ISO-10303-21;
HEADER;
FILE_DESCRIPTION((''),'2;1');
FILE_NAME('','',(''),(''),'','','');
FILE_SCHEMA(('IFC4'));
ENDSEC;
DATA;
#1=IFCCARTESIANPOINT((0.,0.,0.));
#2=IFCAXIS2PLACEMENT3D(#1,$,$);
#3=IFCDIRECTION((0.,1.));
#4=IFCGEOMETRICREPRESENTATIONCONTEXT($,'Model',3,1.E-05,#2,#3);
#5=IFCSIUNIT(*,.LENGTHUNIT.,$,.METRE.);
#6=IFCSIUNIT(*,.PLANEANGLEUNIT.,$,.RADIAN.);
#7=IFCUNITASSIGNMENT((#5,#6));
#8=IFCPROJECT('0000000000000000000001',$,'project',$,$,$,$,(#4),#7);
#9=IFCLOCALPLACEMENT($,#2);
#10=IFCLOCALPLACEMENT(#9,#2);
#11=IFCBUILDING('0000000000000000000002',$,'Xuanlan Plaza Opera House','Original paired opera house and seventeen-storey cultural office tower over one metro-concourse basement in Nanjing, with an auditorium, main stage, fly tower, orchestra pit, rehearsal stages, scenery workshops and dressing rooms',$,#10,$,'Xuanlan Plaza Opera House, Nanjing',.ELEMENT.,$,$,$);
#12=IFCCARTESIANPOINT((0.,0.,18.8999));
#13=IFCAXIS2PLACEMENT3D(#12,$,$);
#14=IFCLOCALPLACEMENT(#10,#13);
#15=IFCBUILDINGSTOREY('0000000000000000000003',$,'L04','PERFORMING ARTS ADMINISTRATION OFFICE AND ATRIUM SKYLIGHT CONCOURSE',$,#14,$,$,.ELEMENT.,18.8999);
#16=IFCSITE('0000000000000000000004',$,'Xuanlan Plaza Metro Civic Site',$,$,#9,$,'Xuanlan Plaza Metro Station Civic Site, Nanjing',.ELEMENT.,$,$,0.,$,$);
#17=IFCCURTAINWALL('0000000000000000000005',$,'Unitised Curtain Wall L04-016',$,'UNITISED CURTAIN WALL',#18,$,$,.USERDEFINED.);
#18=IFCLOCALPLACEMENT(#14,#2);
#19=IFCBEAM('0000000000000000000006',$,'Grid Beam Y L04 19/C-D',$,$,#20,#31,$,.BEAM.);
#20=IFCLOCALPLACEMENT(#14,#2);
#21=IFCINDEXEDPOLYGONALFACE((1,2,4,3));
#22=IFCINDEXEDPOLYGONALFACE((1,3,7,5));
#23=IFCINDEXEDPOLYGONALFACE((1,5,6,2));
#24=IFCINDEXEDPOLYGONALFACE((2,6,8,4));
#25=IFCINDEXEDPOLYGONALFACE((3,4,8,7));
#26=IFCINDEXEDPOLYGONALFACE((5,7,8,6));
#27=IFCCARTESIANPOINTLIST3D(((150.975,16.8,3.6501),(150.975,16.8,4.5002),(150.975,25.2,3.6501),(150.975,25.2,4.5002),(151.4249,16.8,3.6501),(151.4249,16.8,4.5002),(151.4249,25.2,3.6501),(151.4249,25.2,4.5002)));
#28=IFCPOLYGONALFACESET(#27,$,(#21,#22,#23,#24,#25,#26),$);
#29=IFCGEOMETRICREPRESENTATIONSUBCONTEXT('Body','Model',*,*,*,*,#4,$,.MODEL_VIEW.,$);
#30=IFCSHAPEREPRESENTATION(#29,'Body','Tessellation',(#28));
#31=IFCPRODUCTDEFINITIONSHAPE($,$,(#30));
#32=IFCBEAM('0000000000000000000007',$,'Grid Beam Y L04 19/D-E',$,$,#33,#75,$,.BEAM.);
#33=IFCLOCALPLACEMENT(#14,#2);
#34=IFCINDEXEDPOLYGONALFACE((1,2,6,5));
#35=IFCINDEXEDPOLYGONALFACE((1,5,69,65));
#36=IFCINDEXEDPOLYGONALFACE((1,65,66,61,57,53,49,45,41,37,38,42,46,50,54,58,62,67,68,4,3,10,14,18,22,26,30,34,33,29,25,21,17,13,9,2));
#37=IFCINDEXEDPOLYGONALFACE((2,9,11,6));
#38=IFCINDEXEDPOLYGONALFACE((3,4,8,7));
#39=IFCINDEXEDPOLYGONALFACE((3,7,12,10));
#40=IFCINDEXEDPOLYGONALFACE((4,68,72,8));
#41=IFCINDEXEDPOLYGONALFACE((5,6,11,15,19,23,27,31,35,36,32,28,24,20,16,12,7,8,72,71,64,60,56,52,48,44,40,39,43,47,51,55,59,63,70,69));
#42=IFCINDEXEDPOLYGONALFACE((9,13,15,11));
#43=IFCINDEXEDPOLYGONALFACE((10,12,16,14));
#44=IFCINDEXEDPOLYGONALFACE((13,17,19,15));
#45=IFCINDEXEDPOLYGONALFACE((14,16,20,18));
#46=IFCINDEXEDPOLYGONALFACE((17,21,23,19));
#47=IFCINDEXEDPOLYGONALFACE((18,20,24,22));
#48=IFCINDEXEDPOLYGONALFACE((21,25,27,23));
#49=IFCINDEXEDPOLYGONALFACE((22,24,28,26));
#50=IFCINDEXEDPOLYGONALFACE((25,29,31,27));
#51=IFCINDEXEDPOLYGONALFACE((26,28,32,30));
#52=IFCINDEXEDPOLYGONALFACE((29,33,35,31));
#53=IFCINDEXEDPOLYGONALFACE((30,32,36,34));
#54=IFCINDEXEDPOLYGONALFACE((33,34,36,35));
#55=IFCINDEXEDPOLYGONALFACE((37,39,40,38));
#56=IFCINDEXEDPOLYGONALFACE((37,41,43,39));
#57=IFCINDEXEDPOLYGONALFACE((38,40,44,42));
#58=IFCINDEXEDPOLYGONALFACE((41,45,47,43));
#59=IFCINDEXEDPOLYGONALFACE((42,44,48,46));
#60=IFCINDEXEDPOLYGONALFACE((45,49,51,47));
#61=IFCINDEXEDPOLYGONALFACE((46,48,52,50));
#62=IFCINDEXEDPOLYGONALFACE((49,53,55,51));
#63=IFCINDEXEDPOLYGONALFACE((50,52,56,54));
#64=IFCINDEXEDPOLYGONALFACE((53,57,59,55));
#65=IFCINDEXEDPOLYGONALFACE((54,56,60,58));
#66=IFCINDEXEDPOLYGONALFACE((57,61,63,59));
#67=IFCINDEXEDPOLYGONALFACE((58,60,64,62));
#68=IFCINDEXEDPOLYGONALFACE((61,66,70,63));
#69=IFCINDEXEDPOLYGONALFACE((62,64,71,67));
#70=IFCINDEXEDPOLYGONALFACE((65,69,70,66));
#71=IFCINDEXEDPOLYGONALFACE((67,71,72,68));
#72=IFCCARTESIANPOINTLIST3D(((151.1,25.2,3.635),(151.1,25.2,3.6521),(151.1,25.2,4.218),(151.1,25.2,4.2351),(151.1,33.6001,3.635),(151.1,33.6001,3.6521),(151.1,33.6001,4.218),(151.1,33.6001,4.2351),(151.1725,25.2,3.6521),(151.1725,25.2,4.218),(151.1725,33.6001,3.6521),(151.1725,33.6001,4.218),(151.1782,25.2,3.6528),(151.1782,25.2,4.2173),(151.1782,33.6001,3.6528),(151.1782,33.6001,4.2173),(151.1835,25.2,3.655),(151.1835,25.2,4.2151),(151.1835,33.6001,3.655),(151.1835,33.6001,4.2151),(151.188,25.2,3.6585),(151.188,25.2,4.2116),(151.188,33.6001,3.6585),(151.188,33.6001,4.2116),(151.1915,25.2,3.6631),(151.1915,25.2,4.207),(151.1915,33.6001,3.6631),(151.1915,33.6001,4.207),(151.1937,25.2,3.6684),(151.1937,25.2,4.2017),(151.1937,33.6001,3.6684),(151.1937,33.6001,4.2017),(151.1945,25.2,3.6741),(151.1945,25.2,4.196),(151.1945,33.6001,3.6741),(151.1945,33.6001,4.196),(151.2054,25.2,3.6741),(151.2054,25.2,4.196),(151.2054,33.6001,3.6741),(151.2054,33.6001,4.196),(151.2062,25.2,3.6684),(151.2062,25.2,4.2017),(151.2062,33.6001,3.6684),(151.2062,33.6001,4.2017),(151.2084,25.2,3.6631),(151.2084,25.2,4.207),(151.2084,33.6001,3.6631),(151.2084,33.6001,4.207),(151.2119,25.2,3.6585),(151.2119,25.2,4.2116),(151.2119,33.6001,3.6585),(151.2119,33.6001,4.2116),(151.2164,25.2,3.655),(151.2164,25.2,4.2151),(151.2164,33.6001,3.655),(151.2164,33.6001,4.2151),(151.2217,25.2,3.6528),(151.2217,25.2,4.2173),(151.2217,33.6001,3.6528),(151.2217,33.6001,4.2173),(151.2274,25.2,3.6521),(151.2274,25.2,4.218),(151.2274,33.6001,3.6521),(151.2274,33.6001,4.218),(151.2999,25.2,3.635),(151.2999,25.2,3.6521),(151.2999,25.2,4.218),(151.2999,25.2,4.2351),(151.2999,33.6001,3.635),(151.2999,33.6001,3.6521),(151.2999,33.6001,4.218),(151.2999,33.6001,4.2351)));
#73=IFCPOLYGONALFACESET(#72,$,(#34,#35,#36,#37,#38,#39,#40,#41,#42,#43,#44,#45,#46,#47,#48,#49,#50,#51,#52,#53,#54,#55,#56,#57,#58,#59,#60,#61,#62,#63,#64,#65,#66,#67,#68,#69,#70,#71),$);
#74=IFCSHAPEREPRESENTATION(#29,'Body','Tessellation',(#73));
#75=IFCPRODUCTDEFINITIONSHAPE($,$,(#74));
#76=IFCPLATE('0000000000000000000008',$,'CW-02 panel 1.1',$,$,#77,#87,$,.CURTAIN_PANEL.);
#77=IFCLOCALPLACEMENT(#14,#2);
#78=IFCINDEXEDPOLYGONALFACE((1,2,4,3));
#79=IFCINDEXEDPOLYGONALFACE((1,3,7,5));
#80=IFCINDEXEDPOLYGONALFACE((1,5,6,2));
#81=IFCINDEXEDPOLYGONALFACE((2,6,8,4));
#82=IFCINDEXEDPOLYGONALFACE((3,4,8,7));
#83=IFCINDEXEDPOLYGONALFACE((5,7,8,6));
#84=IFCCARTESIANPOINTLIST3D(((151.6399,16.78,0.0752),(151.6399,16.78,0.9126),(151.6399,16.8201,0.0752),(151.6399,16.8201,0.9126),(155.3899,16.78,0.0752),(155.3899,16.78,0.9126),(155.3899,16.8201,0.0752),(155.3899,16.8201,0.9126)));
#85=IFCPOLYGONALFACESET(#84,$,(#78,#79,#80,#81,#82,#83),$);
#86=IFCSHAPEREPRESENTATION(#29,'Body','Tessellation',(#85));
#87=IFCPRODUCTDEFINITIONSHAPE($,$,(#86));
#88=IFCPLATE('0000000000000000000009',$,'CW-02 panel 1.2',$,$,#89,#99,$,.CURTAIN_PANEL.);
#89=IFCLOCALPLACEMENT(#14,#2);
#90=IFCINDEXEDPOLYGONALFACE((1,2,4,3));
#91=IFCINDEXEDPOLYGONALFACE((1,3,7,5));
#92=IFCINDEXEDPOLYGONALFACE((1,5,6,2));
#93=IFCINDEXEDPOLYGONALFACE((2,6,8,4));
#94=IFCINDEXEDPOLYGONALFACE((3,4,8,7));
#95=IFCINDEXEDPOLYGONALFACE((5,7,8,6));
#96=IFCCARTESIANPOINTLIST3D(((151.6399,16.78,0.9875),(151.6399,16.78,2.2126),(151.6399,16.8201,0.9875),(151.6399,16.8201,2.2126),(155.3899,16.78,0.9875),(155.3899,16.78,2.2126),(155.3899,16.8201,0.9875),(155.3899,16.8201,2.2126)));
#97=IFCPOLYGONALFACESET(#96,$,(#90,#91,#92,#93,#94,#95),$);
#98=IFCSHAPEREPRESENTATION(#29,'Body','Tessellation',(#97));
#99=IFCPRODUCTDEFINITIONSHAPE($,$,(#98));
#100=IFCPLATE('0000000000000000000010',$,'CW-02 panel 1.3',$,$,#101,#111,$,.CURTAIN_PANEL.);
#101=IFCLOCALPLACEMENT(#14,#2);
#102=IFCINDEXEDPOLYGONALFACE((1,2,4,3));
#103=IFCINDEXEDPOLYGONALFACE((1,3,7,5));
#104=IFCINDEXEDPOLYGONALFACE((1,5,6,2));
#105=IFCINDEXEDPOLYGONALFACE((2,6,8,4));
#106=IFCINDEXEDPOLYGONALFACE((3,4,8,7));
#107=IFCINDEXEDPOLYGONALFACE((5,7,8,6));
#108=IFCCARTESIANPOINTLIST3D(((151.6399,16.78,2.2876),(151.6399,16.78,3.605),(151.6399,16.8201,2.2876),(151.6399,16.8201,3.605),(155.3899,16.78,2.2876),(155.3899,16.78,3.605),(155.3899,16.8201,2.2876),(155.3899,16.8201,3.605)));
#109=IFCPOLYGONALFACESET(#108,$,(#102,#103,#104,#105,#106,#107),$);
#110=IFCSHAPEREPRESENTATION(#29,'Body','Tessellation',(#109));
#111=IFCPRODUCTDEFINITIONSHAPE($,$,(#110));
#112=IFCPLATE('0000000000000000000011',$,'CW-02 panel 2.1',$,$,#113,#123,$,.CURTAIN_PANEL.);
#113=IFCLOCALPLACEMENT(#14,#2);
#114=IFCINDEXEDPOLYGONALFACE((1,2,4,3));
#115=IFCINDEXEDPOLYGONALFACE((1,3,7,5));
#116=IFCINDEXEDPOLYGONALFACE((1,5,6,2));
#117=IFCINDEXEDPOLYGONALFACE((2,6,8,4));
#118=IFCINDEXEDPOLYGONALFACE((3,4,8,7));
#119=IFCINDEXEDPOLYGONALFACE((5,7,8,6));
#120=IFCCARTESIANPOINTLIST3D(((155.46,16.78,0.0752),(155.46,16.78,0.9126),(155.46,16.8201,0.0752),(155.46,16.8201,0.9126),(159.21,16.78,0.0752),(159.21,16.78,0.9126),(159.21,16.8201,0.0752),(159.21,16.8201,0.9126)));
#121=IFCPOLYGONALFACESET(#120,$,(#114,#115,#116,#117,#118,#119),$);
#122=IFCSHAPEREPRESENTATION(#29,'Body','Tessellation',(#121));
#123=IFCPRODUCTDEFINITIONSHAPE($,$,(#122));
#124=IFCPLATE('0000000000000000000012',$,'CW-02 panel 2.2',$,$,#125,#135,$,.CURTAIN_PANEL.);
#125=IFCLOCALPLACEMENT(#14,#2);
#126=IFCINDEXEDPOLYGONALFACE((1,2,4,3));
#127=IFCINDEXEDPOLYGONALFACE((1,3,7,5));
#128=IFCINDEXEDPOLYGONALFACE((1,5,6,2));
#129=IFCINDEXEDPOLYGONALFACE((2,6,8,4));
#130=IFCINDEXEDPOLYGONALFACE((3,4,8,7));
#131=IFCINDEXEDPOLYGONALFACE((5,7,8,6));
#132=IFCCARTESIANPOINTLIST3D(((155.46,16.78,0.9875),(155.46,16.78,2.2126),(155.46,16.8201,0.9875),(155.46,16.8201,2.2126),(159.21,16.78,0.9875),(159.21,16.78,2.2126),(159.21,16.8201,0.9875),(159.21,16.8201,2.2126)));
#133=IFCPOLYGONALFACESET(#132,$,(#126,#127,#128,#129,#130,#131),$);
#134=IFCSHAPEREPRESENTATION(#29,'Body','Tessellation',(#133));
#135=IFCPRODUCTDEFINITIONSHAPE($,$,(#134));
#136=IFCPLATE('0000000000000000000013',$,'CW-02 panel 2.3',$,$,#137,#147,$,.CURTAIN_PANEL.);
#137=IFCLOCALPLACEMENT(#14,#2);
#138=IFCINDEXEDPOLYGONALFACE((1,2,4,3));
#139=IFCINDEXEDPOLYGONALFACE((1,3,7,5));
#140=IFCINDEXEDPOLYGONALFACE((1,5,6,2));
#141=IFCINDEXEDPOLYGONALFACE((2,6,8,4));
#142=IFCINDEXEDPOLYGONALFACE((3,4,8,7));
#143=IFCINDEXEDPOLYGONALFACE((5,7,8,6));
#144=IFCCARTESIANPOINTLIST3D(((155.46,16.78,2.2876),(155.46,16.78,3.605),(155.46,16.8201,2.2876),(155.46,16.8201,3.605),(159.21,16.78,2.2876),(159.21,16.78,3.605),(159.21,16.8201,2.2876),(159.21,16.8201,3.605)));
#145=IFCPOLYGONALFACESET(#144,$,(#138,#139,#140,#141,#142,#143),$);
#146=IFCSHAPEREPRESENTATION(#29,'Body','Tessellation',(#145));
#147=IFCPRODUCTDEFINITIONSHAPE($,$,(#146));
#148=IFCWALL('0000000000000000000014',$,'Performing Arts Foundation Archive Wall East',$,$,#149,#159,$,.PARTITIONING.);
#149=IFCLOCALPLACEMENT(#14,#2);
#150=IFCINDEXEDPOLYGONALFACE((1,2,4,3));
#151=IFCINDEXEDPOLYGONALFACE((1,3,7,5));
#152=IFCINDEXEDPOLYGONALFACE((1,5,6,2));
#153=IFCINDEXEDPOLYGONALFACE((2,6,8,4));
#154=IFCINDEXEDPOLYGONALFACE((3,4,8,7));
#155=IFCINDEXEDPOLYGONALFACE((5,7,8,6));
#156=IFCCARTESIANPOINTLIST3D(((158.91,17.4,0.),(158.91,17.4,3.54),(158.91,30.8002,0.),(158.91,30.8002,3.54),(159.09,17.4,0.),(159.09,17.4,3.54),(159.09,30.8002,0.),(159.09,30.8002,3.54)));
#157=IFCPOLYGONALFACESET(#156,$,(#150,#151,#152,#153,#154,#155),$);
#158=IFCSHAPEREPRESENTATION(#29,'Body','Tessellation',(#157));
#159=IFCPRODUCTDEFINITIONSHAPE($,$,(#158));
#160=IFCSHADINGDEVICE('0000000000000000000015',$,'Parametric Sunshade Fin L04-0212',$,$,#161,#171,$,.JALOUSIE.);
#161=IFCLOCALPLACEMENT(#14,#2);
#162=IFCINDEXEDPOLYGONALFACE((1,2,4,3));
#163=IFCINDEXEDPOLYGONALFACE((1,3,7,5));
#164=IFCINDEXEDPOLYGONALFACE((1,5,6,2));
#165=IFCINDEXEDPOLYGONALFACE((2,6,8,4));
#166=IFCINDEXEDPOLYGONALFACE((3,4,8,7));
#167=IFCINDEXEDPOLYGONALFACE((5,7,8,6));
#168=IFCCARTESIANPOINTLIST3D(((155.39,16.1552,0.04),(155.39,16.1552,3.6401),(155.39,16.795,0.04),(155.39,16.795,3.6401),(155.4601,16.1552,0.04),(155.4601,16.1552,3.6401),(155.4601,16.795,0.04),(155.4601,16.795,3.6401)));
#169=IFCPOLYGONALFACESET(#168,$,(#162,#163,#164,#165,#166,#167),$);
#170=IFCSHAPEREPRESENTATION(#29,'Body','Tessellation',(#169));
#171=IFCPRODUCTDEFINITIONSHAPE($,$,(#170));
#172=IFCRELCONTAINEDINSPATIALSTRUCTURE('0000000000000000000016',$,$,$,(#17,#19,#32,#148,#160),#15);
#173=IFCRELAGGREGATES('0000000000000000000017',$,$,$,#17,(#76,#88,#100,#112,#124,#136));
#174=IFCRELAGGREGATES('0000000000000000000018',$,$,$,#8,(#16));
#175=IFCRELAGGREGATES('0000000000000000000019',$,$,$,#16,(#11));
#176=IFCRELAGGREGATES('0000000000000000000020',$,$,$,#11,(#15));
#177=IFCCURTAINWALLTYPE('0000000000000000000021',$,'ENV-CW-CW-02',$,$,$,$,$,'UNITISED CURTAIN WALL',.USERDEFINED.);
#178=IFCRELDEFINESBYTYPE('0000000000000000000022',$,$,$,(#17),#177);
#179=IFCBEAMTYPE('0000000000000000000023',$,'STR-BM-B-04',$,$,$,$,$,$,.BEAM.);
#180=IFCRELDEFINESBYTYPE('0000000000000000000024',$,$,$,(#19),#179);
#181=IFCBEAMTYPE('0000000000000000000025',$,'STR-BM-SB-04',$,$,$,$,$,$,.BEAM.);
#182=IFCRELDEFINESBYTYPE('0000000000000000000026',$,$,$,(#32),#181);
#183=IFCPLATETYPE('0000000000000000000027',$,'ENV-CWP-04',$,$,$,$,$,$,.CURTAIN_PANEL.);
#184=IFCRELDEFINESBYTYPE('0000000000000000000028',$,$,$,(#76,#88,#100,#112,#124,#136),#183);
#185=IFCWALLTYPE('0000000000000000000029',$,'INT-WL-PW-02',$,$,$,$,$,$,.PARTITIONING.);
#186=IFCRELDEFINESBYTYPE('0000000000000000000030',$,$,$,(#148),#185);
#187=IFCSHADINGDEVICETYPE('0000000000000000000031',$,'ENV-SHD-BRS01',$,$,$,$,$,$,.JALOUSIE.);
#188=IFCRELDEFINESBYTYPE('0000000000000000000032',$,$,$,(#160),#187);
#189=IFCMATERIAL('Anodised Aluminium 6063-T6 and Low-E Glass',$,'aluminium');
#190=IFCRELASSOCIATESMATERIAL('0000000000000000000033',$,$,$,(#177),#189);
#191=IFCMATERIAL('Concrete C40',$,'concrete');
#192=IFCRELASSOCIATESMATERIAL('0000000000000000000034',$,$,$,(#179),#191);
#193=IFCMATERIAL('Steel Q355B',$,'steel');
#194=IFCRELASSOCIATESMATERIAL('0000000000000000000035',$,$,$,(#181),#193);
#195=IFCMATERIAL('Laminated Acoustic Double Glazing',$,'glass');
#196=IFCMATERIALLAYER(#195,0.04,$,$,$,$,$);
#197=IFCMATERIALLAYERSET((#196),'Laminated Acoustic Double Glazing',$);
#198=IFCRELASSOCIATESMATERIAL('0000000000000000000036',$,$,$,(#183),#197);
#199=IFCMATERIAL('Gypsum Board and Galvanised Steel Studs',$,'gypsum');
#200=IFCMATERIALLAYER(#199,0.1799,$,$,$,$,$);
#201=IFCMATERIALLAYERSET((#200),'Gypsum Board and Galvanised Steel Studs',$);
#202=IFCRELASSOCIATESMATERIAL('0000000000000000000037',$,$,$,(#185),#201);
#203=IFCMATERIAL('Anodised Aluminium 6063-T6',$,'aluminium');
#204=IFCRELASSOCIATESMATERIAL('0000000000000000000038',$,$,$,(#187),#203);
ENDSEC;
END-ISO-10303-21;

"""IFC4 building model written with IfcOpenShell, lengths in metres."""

from ifc_helpers import new_model, si_unit, direction, frame, frame_2d, origin, origin_2d, place, context, subcontext, project, spatial, rectangle, i_section, extrude, material, layer, layer_set, material_profile, profile_set, type_object, element, aggregate, save


model = new_model("IFC4")

# Units and contexts
model_context = context("Model", 3, precision=1e-05, world=origin(), true_north=direction((0.0, 1.0)))
body_context = subcontext(model_context, "Body", "Model", "MODEL_VIEW")
ifc_project = project(units=[si_unit("LENGTHUNIT", "METRE"), si_unit("PLANEANGLEUNIT", "RADIAN")], contexts=[model_context])

# Site, building, storey
site_placement = place(None, origin())
site = spatial("IfcSite", under=ifc_project, at=site_placement, Name="Xuanlan Plaza Metro Civic Site", LongName="Xuanlan Plaza Metro Station Civic Site, Nanjing", CompositionType="ELEMENT", RefElevation=0.0)
building_placement = place(site_placement, origin())
building = spatial("IfcBuilding", under=site, at=building_placement, Name="Xuanlan Plaza Opera House", Description="Original paired opera house and seventeen-storey cultural office tower over one metro-concourse basement in Nanjing, with an auditorium, main stage, fly tower, orchestra pit, rehearsal stages, scenery workshops and dressing rooms", LongName="Xuanlan Plaza Opera House, Nanjing", CompositionType="ELEMENT")
storey_placement = place(building_placement, frame((0.0, 0.0, 18.8999)))
storey = spatial("IfcBuildingStorey", under=building, at=storey_placement, Name="L04", Description="PERFORMING ARTS ADMINISTRATION OFFICE AND ATRIUM SKYLIGHT CONCOURSE", CompositionType="ELEMENT", Elevation=18.8999)

# Shared definitions
ifc_material_1 = material(Name="Concrete C40", Category="concrete")

# Curtain wall
ifc_material_2 = material(Name="Anodised Aluminium 6063-T6 and Low-E Glass", Category="aluminium")
curtain_wall_type = type_object("IfcCurtainWallType", Name="ENV-CW-CW-02", ElementType="UNITISED CURTAIN WALL", PredefinedType="USERDEFINED", material=ifc_material_2)
curtain_wall_placement = place(storey_placement, origin())
curtain_wall = element("IfcCurtainWall", 1, at=curtain_wall_placement, inside=storey, type_object=curtain_wall_type, Name="Unitised Curtain Wall L04-016", ObjectType="UNITISED CURTAIN WALL", PredefinedType="USERDEFINED")
ifc_material_3 = material(Name="Anodised Aluminium 6063-T6", Category="aluminium")

# Beams
ifc_material_profile_1 = material_profile(ifc_material_1, rectangle(XDim=0.45, YDim=0.8501, at=origin_2d()), Name="RC-BM 450x850")
ifc_profile_set_1 = profile_set([ifc_material_profile_1], Name="Concrete C40")
beam_type_1 = type_object("IfcBeamType", Name="STR-BM-B-04", PredefinedType="BEAM", material=ifc_profile_set_1)
beam_1_placement = place(storey_placement, frame((151.2, 16.8, 4.0752), z_axis=(0.0, 1.0, 0.0), x_axis=(-1.0, 0.0, 0.0)))
element("IfcBeam", 2, at=beam_1_placement, inside=storey, type_object=beam_type_1, Name="Grid Beam Y L04 19/C-D", PredefinedType="BEAM", context=body_context, shape_type="SweptSolid", body=[
    extrude(rectangle(XDim=0.45, YDim=0.8501, at=origin_2d()), origin(), (0.0, 0.0, 1.0), 8.3999),
])
ifc_material_4 = material(Name="Steel Q355B", Category="steel")
ifc_material_profile_2 = material_profile(ifc_material_4, i_section(OverallWidth=0.2, OverallDepth=0.6001, WebThickness=0.011, FlangeThickness=0.0171, FilletRadius=0.022, at=origin_2d()), Name="HN 600x200x11x17")
ifc_profile_set_2 = profile_set([ifc_material_profile_2], Name="Steel Q355B")
beam_type_2 = type_object("IfcBeamType", Name="STR-BM-SB-04", PredefinedType="BEAM", material=ifc_profile_set_2)
beam_2_placement = place(storey_placement, frame((151.2, 25.2, 3.9351), z_axis=(0.0, 1.0, 0.0), x_axis=(-1.0, 0.0, 0.0)))
element("IfcBeam", 3, at=beam_2_placement, inside=storey, type_object=beam_type_2, Name="Grid Beam Y L04 19/D-E", PredefinedType="BEAM", context=body_context, shape_type="SweptSolid", body=[
    extrude(i_section(OverallWidth=0.2, OverallDepth=0.6001, WebThickness=0.011, FlangeThickness=0.0171, FilletRadius=0.022, at=origin_2d()), origin(), (0.0, 0.0, 1.0), 8.4001),
])

# Plates
ifc_material_5 = material(Name="Laminated Acoustic Double Glazing", Category="glass")
ifc_layer_1 = layer(ifc_material_5, 0.04)
ifc_layer_set_1 = layer_set([ifc_layer_1], Name="Laminated Acoustic Double Glazing")
plate_type = type_object("IfcPlateType", Name="ENV-CWP-04", PredefinedType="CURTAIN_PANEL", material=ifc_layer_set_1)
plate_1_placement = place(storey_placement, frame((153.5149, 16.8, 0.0752), z_axis=(0.0, 0.0, 1.0), x_axis=(1.0, 0.0, 0.0)))
plate_1 = element("IfcPlate", 4, at=plate_1_placement, type_object=plate_type, Name="CW-02 panel 1.1", PredefinedType="CURTAIN_PANEL", context=body_context, shape_type="SweptSolid", body=[
    extrude(rectangle(XDim=3.75, YDim=0.04, at=origin_2d()), origin(), (0.0, 0.0, 1.0), 0.8374),
])
plate_2_placement = place(storey_placement, frame((153.5149, 16.8, 0.9875), z_axis=(0.0, 0.0, 1.0), x_axis=(1.0, 0.0, 0.0)))
plate_2 = element("IfcPlate", 5, at=plate_2_placement, type_object=plate_type, Name="CW-02 panel 1.2", PredefinedType="CURTAIN_PANEL", context=body_context, shape_type="SweptSolid", body=[
    extrude(rectangle(XDim=3.75, YDim=0.04, at=origin_2d()), origin(), (0.0, 0.0, 1.0), 1.2251),
])
plate_3_placement = place(storey_placement, frame((153.5149, 16.8, 2.2876), z_axis=(0.0, 0.0, 1.0), x_axis=(1.0, 0.0, 0.0)))
plate_3 = element("IfcPlate", 6, at=plate_3_placement, type_object=plate_type, Name="CW-02 panel 1.3", PredefinedType="CURTAIN_PANEL", context=body_context, shape_type="SweptSolid", body=[
    extrude(rectangle(XDim=3.75, YDim=0.04, at=origin_2d()), origin(), (0.0, 0.0, 1.0), 1.3174),
])
plate_4_placement = place(storey_placement, frame((157.335, 16.8, 0.0752), z_axis=(0.0, 0.0, 1.0), x_axis=(1.0, 0.0, 0.0)))
plate_4 = element("IfcPlate", 7, at=plate_4_placement, type_object=plate_type, Name="CW-02 panel 2.1", PredefinedType="CURTAIN_PANEL", context=body_context, shape_type="SweptSolid", body=[
    extrude(rectangle(XDim=3.75, YDim=0.04, at=origin_2d()), origin(), (0.0, 0.0, 1.0), 0.8374),
])
plate_5_placement = place(storey_placement, frame((157.335, 16.8, 0.9875), z_axis=(0.0, 0.0, 1.0), x_axis=(1.0, 0.0, 0.0)))
plate_5 = element("IfcPlate", 8, at=plate_5_placement, type_object=plate_type, Name="CW-02 panel 2.2", PredefinedType="CURTAIN_PANEL", context=body_context, shape_type="SweptSolid", body=[
    extrude(rectangle(XDim=3.75, YDim=0.04, at=origin_2d()), origin(), (0.0, 0.0, 1.0), 1.2251),
])
plate_6_placement = place(storey_placement, frame((157.335, 16.8, 2.2876), z_axis=(0.0, 0.0, 1.0), x_axis=(1.0, 0.0, 0.0)))
plate_6 = element("IfcPlate", 9, at=plate_6_placement, type_object=plate_type, Name="CW-02 panel 2.3", PredefinedType="CURTAIN_PANEL", context=body_context, shape_type="SweptSolid", body=[
    extrude(rectangle(XDim=3.75, YDim=0.04, at=origin_2d()), origin(), (0.0, 0.0, 1.0), 1.3174),
])
aggregate(curtain_wall, [plate_1, plate_2, plate_3, plate_4, plate_5, plate_6])

# Wall
ifc_material_6 = material(Name="Gypsum Board and Galvanised Steel Studs", Category="gypsum")
ifc_layer_2 = layer(ifc_material_6, 0.1799)
ifc_layer_set_2 = layer_set([ifc_layer_2], Name="Gypsum Board and Galvanised Steel Studs")
wall_type = type_object("IfcWallType", Name="INT-WL-PW-02", PredefinedType="PARTITIONING", material=ifc_layer_set_2)
wall_placement = place(storey_placement, frame((159.0, 17.3999, 0.0), z_axis=(0.0, 0.0, 1.0), x_axis=(0.0, 1.0, 0.0)))
element("IfcWall", 10, at=wall_placement, inside=storey, type_object=wall_type, Name="Performing Arts Foundation Archive Wall East", PredefinedType="PARTITIONING", context=body_context, shape_type="SweptSolid", body=[
    extrude(rectangle(XDim=13.4001, YDim=0.1799, at=frame_2d((6.7002, 0.0))), origin(), (0.0, 0.0, 1.0), 3.54),
])

# Shading device
shading_device_type = type_object("IfcShadingDeviceType", Name="ENV-SHD-BRS01", PredefinedType="JALOUSIE", material=ifc_material_3)
shading_device_placement = place(storey_placement, frame((155.425, 16.4751, 0.04), z_axis=(0.0, 0.0, 1.0), x_axis=(0.0, -1.0, 0.0)))
element("IfcShadingDevice", 11, at=shading_device_placement, inside=storey, type_object=shading_device_type, Name="Parametric Sunshade Fin L04-0212", PredefinedType="JALOUSIE", context=body_context, shape_type="SweptSolid", body=[
    extrude(rectangle(XDim=0.6399, YDim=0.0701, at=origin_2d()), origin(), (0.0, 0.0, 1.0), 3.6001),
])

save(model, "model.ifc")
